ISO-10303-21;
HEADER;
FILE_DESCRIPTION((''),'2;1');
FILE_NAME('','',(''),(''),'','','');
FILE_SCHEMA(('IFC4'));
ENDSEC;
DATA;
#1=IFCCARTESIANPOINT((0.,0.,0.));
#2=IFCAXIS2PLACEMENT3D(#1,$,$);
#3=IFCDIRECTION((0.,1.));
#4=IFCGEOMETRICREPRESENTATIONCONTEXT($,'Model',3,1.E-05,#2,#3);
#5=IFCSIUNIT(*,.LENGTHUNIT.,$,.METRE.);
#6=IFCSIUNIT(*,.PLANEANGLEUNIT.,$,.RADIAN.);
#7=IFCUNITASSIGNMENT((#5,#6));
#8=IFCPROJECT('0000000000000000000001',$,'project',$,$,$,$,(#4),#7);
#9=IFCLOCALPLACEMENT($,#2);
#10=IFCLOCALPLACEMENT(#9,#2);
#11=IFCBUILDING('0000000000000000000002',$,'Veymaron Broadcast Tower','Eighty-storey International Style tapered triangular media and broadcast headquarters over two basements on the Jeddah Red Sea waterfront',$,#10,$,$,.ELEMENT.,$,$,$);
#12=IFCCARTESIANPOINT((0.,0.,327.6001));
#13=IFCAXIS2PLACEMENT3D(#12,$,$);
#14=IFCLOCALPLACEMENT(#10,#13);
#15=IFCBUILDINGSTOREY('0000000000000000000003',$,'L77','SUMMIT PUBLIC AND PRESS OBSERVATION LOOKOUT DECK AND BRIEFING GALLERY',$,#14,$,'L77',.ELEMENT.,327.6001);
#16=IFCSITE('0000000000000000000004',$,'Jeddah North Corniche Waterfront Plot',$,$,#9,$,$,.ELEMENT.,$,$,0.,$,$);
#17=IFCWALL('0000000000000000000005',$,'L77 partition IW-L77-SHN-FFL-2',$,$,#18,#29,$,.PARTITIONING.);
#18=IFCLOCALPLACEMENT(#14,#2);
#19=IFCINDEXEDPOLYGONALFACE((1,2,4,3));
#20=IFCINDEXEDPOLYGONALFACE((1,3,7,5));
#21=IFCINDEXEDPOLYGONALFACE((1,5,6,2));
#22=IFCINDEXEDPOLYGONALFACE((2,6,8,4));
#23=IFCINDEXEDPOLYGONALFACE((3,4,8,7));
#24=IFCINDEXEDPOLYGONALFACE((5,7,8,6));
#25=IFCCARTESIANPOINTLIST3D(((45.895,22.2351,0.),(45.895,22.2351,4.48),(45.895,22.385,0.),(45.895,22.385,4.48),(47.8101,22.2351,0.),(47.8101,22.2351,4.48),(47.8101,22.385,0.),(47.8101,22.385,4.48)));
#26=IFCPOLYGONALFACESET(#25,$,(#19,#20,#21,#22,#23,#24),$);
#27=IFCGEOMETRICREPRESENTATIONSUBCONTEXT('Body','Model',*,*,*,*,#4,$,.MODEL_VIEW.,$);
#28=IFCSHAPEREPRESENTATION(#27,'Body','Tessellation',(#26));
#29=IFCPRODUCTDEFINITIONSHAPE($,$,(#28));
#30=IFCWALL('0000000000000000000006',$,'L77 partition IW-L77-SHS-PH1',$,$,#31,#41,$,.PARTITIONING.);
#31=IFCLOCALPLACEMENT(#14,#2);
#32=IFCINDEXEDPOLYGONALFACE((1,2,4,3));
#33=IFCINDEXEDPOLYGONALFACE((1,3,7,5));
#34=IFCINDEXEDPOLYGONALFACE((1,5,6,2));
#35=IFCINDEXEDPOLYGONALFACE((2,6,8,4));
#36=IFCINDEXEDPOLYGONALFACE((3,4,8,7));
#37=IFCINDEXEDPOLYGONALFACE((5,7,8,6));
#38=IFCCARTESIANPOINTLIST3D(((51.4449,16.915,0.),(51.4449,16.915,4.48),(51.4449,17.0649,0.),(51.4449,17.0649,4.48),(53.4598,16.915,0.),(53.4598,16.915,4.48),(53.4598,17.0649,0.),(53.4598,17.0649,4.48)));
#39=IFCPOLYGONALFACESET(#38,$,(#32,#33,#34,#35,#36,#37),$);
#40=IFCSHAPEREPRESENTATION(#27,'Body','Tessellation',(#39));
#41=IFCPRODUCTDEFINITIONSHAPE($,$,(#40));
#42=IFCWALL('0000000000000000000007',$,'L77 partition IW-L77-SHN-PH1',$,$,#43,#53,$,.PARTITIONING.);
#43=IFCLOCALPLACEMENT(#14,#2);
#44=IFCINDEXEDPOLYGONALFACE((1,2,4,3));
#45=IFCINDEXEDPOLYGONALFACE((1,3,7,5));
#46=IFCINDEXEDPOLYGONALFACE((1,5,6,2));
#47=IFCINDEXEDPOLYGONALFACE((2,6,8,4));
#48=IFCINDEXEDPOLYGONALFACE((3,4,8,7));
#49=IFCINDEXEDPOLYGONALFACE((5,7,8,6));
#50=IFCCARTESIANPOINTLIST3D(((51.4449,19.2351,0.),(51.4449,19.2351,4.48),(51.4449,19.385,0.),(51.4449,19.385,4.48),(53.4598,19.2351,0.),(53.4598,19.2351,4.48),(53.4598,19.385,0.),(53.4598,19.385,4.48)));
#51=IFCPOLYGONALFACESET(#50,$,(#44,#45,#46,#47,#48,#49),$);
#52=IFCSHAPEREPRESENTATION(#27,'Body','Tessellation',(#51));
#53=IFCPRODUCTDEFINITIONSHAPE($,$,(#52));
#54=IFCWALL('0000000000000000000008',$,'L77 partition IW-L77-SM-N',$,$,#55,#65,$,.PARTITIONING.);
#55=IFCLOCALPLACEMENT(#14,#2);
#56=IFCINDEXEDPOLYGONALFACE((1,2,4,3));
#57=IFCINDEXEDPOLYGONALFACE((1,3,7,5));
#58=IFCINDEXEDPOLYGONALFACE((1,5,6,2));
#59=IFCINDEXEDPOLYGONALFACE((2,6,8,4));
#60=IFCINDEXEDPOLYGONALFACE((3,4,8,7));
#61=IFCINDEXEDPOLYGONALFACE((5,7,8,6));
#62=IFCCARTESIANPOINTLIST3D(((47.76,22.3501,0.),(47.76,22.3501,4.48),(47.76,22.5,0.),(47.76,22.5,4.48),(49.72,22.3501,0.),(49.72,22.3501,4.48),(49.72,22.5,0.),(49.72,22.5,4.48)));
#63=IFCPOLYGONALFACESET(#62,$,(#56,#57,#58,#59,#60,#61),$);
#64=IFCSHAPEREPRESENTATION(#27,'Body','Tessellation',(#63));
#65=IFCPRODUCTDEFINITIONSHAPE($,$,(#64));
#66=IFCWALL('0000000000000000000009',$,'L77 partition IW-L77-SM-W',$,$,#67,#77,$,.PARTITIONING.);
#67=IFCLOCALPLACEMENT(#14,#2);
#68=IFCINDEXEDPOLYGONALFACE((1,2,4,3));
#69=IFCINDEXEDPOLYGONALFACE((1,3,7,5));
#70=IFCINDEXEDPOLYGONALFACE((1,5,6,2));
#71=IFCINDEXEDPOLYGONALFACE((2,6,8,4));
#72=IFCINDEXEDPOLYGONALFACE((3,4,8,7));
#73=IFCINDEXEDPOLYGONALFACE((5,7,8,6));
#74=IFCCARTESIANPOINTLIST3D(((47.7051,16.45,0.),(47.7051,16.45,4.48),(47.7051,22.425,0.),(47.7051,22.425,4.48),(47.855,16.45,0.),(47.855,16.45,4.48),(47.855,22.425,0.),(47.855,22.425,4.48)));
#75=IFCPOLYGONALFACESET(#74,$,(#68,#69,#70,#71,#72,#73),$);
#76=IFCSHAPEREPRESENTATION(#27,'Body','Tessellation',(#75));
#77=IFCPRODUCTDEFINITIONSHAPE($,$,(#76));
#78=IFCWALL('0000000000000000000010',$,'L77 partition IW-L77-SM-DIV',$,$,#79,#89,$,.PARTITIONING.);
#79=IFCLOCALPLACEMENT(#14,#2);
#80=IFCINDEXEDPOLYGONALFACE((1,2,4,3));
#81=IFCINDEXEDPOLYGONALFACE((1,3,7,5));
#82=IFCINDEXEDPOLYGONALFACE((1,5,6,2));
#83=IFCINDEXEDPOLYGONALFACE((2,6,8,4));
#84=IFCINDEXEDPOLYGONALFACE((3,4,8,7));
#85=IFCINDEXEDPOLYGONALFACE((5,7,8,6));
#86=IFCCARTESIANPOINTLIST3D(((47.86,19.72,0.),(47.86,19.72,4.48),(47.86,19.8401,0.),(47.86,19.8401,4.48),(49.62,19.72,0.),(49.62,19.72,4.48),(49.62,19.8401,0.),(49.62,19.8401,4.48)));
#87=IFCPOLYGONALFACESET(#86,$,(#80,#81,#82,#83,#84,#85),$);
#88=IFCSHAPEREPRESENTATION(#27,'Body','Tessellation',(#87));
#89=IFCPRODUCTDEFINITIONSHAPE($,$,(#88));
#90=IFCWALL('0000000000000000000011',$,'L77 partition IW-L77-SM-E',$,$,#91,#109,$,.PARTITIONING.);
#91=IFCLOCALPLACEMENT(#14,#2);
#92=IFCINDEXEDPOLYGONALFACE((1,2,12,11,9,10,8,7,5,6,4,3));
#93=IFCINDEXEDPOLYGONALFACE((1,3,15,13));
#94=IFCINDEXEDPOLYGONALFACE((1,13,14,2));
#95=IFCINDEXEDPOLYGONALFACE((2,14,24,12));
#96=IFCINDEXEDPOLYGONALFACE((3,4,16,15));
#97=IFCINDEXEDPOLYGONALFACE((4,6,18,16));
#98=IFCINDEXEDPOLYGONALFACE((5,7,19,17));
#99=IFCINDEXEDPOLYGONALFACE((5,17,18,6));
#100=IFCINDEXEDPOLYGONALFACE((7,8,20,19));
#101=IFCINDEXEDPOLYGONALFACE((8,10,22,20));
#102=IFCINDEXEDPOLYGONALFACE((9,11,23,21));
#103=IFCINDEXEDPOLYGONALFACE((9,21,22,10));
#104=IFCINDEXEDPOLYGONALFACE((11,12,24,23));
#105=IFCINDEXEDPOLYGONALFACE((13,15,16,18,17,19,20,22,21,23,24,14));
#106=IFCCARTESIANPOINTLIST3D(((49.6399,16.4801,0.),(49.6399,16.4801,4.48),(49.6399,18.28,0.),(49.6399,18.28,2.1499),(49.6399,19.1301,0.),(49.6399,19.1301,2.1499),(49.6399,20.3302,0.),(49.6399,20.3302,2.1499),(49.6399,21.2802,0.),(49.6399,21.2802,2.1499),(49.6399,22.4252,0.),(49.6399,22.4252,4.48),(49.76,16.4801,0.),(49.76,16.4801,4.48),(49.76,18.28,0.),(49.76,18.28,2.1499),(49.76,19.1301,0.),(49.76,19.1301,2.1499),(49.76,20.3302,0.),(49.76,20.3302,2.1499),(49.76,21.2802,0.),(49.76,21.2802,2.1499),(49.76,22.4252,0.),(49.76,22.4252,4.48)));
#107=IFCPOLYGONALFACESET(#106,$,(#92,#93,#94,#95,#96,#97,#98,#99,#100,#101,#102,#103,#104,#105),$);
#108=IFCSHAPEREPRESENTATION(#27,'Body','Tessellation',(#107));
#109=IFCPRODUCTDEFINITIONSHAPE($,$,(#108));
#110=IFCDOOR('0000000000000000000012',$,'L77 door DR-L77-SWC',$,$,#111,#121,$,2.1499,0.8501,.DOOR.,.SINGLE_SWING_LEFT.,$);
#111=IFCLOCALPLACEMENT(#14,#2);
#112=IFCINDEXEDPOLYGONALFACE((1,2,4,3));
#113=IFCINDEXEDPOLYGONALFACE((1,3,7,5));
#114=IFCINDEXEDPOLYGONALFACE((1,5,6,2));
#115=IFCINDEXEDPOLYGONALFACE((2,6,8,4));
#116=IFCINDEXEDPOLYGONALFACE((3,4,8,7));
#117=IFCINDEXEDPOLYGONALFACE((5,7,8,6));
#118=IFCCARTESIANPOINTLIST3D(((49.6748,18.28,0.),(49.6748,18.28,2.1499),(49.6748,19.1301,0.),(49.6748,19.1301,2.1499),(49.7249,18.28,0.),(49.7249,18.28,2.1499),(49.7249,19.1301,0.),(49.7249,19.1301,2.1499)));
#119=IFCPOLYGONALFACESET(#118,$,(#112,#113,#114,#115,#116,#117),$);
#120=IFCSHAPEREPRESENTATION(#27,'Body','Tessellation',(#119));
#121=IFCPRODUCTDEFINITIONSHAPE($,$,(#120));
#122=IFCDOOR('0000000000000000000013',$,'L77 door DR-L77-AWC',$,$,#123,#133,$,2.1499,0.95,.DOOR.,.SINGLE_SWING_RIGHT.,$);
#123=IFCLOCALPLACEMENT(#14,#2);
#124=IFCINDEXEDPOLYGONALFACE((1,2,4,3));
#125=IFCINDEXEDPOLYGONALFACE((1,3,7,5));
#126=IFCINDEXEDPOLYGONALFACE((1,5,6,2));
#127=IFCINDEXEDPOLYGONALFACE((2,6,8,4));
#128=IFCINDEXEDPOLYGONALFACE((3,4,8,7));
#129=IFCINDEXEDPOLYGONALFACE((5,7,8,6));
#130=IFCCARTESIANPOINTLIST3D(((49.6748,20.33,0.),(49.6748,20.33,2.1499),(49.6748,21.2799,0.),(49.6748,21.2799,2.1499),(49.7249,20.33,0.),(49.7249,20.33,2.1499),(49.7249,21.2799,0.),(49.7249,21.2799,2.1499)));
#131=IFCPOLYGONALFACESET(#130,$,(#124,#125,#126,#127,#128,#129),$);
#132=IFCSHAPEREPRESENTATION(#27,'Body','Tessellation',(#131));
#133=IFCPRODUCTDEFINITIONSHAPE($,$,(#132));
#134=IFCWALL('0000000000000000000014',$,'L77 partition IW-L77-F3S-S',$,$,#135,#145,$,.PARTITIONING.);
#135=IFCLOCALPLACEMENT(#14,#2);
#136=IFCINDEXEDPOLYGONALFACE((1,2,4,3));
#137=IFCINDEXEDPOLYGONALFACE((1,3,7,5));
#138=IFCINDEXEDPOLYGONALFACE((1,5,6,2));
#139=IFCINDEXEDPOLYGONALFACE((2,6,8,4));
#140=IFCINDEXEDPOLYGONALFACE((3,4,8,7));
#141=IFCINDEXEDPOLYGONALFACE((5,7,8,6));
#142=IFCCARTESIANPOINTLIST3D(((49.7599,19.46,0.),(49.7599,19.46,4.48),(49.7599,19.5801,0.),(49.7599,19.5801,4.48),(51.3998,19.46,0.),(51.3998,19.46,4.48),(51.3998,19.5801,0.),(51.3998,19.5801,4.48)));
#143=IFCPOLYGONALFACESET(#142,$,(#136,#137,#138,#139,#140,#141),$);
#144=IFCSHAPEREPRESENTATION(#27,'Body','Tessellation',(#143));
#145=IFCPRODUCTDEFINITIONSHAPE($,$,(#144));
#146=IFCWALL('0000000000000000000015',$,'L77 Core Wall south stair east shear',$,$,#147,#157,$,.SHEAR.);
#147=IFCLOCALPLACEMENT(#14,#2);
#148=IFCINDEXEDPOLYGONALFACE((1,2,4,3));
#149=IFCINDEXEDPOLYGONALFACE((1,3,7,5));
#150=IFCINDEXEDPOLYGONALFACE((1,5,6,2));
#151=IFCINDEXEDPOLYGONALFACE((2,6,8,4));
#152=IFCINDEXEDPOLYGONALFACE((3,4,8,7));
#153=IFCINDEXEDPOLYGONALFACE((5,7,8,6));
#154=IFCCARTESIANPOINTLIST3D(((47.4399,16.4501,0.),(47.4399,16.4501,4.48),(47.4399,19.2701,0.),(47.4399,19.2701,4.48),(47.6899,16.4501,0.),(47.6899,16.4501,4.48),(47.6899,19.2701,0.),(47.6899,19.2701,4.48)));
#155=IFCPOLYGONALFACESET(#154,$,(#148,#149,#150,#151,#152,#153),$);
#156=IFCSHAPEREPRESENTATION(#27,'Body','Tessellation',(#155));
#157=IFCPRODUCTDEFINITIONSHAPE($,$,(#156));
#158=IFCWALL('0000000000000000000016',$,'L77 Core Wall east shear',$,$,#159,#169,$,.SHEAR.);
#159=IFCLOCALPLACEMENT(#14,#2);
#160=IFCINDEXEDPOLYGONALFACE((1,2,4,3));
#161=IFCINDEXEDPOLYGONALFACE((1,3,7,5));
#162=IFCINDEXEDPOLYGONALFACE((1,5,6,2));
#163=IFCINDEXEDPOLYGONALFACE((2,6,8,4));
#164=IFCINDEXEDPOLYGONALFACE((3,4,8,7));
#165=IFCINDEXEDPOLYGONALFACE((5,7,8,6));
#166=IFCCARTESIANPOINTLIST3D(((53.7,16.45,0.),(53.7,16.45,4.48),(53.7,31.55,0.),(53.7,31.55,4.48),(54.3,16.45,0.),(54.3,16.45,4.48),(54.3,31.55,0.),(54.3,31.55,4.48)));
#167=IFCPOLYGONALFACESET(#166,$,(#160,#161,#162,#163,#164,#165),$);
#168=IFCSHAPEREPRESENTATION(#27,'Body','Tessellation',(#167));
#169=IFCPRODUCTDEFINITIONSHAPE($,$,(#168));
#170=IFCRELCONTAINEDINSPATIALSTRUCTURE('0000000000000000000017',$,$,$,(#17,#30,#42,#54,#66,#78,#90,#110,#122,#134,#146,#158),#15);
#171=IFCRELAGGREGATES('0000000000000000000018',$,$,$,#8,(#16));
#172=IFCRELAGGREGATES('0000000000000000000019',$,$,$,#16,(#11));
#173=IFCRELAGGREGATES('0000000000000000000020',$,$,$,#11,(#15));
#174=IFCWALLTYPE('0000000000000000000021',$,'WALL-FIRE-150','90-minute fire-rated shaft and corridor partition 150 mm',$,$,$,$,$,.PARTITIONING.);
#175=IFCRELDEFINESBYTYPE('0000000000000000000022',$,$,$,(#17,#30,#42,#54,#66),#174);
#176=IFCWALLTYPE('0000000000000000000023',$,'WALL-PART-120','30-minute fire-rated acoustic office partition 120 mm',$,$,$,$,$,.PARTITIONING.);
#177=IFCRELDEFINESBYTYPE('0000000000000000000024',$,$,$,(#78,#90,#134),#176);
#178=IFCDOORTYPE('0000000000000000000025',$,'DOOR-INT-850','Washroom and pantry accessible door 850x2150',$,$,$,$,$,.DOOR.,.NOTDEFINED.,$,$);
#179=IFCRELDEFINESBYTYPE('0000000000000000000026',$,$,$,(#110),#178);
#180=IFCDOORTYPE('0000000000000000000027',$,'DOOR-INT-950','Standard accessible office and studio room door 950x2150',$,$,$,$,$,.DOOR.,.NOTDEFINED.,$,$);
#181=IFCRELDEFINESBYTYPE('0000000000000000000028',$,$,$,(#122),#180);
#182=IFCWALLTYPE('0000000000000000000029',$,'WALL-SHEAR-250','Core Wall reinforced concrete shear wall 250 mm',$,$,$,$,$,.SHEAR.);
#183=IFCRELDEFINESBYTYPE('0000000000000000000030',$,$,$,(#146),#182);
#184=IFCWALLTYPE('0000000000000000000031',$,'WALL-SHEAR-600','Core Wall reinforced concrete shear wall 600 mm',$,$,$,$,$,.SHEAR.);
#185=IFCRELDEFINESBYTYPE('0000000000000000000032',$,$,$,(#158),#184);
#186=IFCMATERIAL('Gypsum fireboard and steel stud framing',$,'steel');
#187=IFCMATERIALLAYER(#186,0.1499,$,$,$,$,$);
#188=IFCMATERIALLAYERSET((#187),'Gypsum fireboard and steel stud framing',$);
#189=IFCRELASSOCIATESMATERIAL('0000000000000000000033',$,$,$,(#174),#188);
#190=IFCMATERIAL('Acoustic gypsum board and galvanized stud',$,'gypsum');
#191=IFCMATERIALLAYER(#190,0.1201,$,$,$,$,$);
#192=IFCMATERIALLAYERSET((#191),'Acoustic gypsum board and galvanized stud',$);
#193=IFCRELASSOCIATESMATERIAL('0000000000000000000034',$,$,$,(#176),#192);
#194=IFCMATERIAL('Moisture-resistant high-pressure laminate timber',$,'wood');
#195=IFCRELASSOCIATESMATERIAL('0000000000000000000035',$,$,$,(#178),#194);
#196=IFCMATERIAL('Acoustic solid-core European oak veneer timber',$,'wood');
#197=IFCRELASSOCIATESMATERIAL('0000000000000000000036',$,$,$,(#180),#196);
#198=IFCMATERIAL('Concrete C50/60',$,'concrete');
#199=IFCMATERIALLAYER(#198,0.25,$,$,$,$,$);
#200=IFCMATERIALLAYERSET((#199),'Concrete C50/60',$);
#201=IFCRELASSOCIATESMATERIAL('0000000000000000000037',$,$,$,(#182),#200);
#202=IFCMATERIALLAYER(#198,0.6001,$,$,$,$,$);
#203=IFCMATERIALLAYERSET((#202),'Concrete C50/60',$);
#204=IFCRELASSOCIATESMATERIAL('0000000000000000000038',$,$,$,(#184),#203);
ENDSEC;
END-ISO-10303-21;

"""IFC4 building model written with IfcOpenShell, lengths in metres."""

from ifc_helpers import new_model, si_unit, direction, frame, frame_2d, origin, place, context, subcontext, project, spatial, rectangle, extrude, material, layer, layer_set, type_object, element, fill, save


model = new_model("IFC4")

# Units and contexts
model_context = context("Model", 3, precision=1e-05, world=origin(), true_north=direction((0.0, 1.0)))
body_context = subcontext(model_context, "Body", "Model", "MODEL_VIEW")
ifc_project = project(units=[si_unit("LENGTHUNIT", "METRE"), si_unit("PLANEANGLEUNIT", "RADIAN")], contexts=[model_context])

# Site, building, storey
site_placement = place(None, origin())
site = spatial("IfcSite", under=ifc_project, at=site_placement, Name="Jeddah North Corniche Waterfront Plot", CompositionType="ELEMENT", RefElevation=0.0)
building_placement = place(site_placement, origin())
building = spatial("IfcBuilding", under=site, at=building_placement, Name="Veymaron Broadcast Tower", Description="Eighty-storey International Style tapered triangular media and broadcast headquarters over two basements on the Jeddah Red Sea waterfront", CompositionType="ELEMENT")
storey_placement = place(building_placement, frame((0.0, 0.0, 327.6001)))
storey = spatial("IfcBuildingStorey", under=building, at=storey_placement, Name="L77", Description="SUMMIT PUBLIC AND PRESS OBSERVATION LOOKOUT DECK AND BRIEFING GALLERY", LongName="L77", CompositionType="ELEMENT", Elevation=327.6001)

# Shared definitions
ifc_material_1 = material(Name="Gypsum fireboard and steel stud framing", Category="steel")
ifc_layer_1 = layer(ifc_material_1, 0.1499)
ifc_layer_set_1 = layer_set([ifc_layer_1], Name="Gypsum fireboard and steel stud framing")
wall_type_1 = type_object("IfcWallType", Name="WALL-FIRE-150", Description="90-minute fire-rated shaft and corridor partition 150 mm", PredefinedType="PARTITIONING", material=ifc_layer_set_1)

# Wall
wall_1_placement = place(storey_placement, frame((45.895, 22.3101, 0.0), z_axis=(0.0, 0.0, 1.0), x_axis=(1.0, 0.0, 0.0)))
element("IfcWall", 1, at=wall_1_placement, inside=storey, type_object=wall_type_1, Name="L77 partition IW-L77-SHN-FFL-2", PredefinedType="PARTITIONING", context=body_context, shape_type="SweptSolid", body=[
    extrude(rectangle(XDim=1.915, YDim=0.1499, at=frame_2d((0.9575, 0.0))), origin(), (0.0, 0.0, 1.0), 4.48),
])

# Walls
for number, where, z_axis, x_axis, name in (
    (2, (51.4451, 16.99, 0.0), (0.0, 0.0, 1.0), (1.0, 0.0, 0.0), "L77 partition IW-L77-SHS-PH1"),
    (3, (51.4451, 19.3101, 0.0), (0.0, 0.0, 1.0), (1.0, 0.0, 0.0), "L77 partition IW-L77-SHN-PH1"),
):
    element("IfcWall", number, at=place(storey_placement, frame(where, z_axis=z_axis, x_axis=x_axis)), inside=storey, type_object=wall_type_1, Name=name, PredefinedType="PARTITIONING", context=body_context, shape_type="SweptSolid", body=[
        extrude(rectangle(XDim=2.0149, YDim=0.1499, at=frame_2d((1.0073, 0.0))), origin(), (0.0, 0.0, 1.0), 4.48),
    ])

# Walls
wall_2_placement = place(storey_placement, frame((47.76, 22.425, 0.0), z_axis=(0.0, 0.0, 1.0), x_axis=(1.0, 0.0, 0.0)))
element("IfcWall", 4, at=wall_2_placement, inside=storey, type_object=wall_type_1, Name="L77 partition IW-L77-SM-N", PredefinedType="PARTITIONING", context=body_context, shape_type="SweptSolid", body=[
    extrude(rectangle(XDim=1.96, YDim=0.1499, at=frame_2d((0.98, 0.0))), origin(), (0.0, 0.0, 1.0), 4.48),
])
wall_3_placement = place(storey_placement, frame((47.78, 16.45, 0.0), z_axis=(0.0, 0.0, 1.0), x_axis=(0.0, 1.0, 0.0)))
element("IfcWall", 5, at=wall_3_placement, inside=storey, type_object=wall_type_1, Name="L77 partition IW-L77-SM-W", PredefinedType="PARTITIONING", context=body_context, shape_type="SweptSolid", body=[
    extrude(rectangle(XDim=5.9751, YDim=0.1499, at=frame_2d((2.9875, 0.0))), origin(), (0.0, 0.0, 1.0), 4.48),
])
ifc_material_2 = material(Name="Acoustic gypsum board and galvanized stud", Category="gypsum")
ifc_layer_2 = layer(ifc_material_2, 0.1201)
ifc_layer_set_2 = layer_set([ifc_layer_2], Name="Acoustic gypsum board and galvanized stud")
wall_type_2 = type_object("IfcWallType", Name="WALL-PART-120", Description="30-minute fire-rated acoustic office partition 120 mm", PredefinedType="PARTITIONING", material=ifc_layer_set_2)
wall_4_placement = place(storey_placement, frame((47.8601, 19.78, 0.0), z_axis=(0.0, 0.0, 1.0), x_axis=(1.0, 0.0, 0.0)))
element("IfcWall", 6, at=wall_4_placement, inside=storey, type_object=wall_type_2, Name="L77 partition IW-L77-SM-DIV", PredefinedType="PARTITIONING", context=body_context, shape_type="SweptSolid", body=[
    extrude(rectangle(XDim=1.76, YDim=0.1201, at=frame_2d((0.8799, 0.0))), origin(), (0.0, 0.0, 1.0), 4.48),
])

# Wall, openings, doors
wall_5_placement = place(storey_placement, frame((49.7, 16.48, 0.0), z_axis=(0.0, 0.0, 1.0), x_axis=(0.0, 1.0, 0.0)))
wall_5 = element("IfcWall", 7, at=wall_5_placement, inside=storey, type_object=wall_type_2, Name="L77 partition IW-L77-SM-E", PredefinedType="PARTITIONING", context=body_context, shape_type="SweptSolid", body=[
    extrude(rectangle(XDim=5.9451, YDim=0.1201, at=frame_2d((2.9727, 0.0))), origin(), (0.0, 0.0, 1.0), 4.48),
])
opening_1_placement = place(wall_5_placement, frame((1.8, 0.0, 0.0)))
opening_1 = element("IfcOpeningElement", 8, at=opening_1_placement, cuts=wall_5, PredefinedType="OPENING", context=body_context, shape_type="SweptSolid", body=[
    extrude(rectangle(XDim=0.8501, YDim=2.1499, at=frame_2d((0.425, 1.075))), frame((0.0, 0.0701, 0.0), z_axis=(0.0, -1.0, 0.0), x_axis=(1.0, 0.0, 0.0)), (0.0, 0.0, 1.0), 0.1401),
])
opening_2_placement = place(wall_5_placement, frame((3.8501, 0.0, 0.0)))
opening_2 = element("IfcOpeningElement", 9, at=opening_2_placement, cuts=wall_5, PredefinedType="OPENING", context=body_context, shape_type="SweptSolid", body=[
    extrude(rectangle(XDim=0.95, YDim=2.1499, at=frame_2d((0.4751, 1.075))), frame((0.0, 0.0701, 0.0), z_axis=(0.0, -1.0, 0.0), x_axis=(1.0, 0.0, 0.0)), (0.0, 0.0, 1.0), 0.1401),
])
ifc_material_3 = material(Name="Moisture-resistant high-pressure laminate timber", Category="wood")
door_type_1 = type_object("IfcDoorType", Name="DOOR-INT-850", Description="Washroom and pantry accessible door 850x2150", OperationType="NOTDEFINED", PredefinedType="DOOR", material=ifc_material_3)
door_1_placement = place(opening_1_placement, frame((0.8501, 0.0, 0.0), z_axis=(0.0, 0.0, 1.0), x_axis=(-1.0, 0.0, 0.0)))
door_1 = element("IfcDoor", 10, at=door_1_placement, inside=storey, type_object=door_type_1, Name="L77 door DR-L77-SWC", OperationType="SINGLE_SWING_LEFT", OverallHeight=2.1499, OverallWidth=0.8501, PredefinedType="DOOR", context=body_context, shape_type="SweptSolid", body=[
    extrude(rectangle(XDim=0.8501, YDim=2.1499, at=frame_2d((0.425, 1.075))), frame((0.0, 0.0249, 0.0), z_axis=(0.0, -1.0, 0.0), x_axis=(1.0, 0.0, 0.0)), (0.0, 0.0, 1.0), 0.05),
])
fill(opening_1, door_1)
ifc_material_4 = material(Name="Acoustic solid-core European oak veneer timber", Category="wood")
door_type_2 = type_object("IfcDoorType", Name="DOOR-INT-950", Description="Standard accessible office and studio room door 950x2150", OperationType="NOTDEFINED", PredefinedType="DOOR", material=ifc_material_4)
door_2_placement = place(opening_2_placement, frame((0.95, 0.0, 0.0), z_axis=(0.0, 0.0, 1.0), x_axis=(-1.0, 0.0, 0.0)))
door_2 = element("IfcDoor", 11, at=door_2_placement, inside=storey, type_object=door_type_2, Name="L77 door DR-L77-AWC", OperationType="SINGLE_SWING_RIGHT", OverallHeight=2.1499, OverallWidth=0.95, PredefinedType="DOOR", context=body_context, shape_type="SweptSolid", body=[
    extrude(rectangle(XDim=0.95, YDim=2.1499, at=frame_2d((0.4751, 1.075))), frame((0.0, 0.0249, 0.0), z_axis=(0.0, -1.0, 0.0), x_axis=(1.0, 0.0, 0.0)), (0.0, 0.0, 1.0), 0.05),
])
fill(opening_2, door_2)

# Walls
wall_6_placement = place(storey_placement, frame((49.76, 19.52, 0.0), z_axis=(0.0, 0.0, 1.0), x_axis=(1.0, 0.0, 0.0)))
element("IfcWall", 12, at=wall_6_placement, inside=storey, type_object=wall_type_2, Name="L77 partition IW-L77-F3S-S", PredefinedType="PARTITIONING", context=body_context, shape_type="SweptSolid", body=[
    extrude(rectangle(XDim=1.6399, YDim=0.1201, at=frame_2d((0.8198, 0.0))), origin(), (0.0, 0.0, 1.0), 4.48),
])
ifc_material_5 = material(Name="Concrete C50/60", Category="concrete")
ifc_layer_3 = layer(ifc_material_5, 0.25)
ifc_layer_set_3 = layer_set([ifc_layer_3], Name="Concrete C50/60")
wall_type_3 = type_object("IfcWallType", Name="WALL-SHEAR-250", Description="Core Wall reinforced concrete shear wall 250 mm", PredefinedType="SHEAR", material=ifc_layer_set_3)
wall_7_placement = place(storey_placement, frame((47.5649, 16.45, 0.0), z_axis=(0.0, 0.0, 1.0), x_axis=(0.0, 1.0, 0.0)))
element("IfcWall", 13, at=wall_7_placement, inside=storey, type_object=wall_type_3, Name="L77 Core Wall south stair east shear", PredefinedType="SHEAR", context=body_context, shape_type="SweptSolid", body=[
    extrude(rectangle(XDim=2.8201, YDim=0.25, at=frame_2d((1.4102, 0.0))), origin(), (0.0, 0.0, 1.0), 4.48),
])
ifc_layer_4 = layer(ifc_material_5, 0.6001)
ifc_layer_set_4 = layer_set([ifc_layer_4], Name="Concrete C50/60")
wall_type_4 = type_object("IfcWallType", Name="WALL-SHEAR-600", Description="Core Wall reinforced concrete shear wall 600 mm", PredefinedType="SHEAR", material=ifc_layer_set_4)
wall_8_placement = place(storey_placement, frame((54.0, 16.45, 0.0), z_axis=(0.0, 0.0, 1.0), x_axis=(0.0, 1.0, 0.0)))
element("IfcWall", 14, at=wall_8_placement, inside=storey, type_object=wall_type_4, Name="L77 Core Wall east shear", PredefinedType="SHEAR", context=body_context, shape_type="SweptSolid", body=[
    extrude(rectangle(XDim=15.1001, YDim=0.6001, at=frame_2d((7.55, 0.0))), origin(), (0.0, 0.0, 1.0), 4.48),
])

save(model, "model.ifc")
